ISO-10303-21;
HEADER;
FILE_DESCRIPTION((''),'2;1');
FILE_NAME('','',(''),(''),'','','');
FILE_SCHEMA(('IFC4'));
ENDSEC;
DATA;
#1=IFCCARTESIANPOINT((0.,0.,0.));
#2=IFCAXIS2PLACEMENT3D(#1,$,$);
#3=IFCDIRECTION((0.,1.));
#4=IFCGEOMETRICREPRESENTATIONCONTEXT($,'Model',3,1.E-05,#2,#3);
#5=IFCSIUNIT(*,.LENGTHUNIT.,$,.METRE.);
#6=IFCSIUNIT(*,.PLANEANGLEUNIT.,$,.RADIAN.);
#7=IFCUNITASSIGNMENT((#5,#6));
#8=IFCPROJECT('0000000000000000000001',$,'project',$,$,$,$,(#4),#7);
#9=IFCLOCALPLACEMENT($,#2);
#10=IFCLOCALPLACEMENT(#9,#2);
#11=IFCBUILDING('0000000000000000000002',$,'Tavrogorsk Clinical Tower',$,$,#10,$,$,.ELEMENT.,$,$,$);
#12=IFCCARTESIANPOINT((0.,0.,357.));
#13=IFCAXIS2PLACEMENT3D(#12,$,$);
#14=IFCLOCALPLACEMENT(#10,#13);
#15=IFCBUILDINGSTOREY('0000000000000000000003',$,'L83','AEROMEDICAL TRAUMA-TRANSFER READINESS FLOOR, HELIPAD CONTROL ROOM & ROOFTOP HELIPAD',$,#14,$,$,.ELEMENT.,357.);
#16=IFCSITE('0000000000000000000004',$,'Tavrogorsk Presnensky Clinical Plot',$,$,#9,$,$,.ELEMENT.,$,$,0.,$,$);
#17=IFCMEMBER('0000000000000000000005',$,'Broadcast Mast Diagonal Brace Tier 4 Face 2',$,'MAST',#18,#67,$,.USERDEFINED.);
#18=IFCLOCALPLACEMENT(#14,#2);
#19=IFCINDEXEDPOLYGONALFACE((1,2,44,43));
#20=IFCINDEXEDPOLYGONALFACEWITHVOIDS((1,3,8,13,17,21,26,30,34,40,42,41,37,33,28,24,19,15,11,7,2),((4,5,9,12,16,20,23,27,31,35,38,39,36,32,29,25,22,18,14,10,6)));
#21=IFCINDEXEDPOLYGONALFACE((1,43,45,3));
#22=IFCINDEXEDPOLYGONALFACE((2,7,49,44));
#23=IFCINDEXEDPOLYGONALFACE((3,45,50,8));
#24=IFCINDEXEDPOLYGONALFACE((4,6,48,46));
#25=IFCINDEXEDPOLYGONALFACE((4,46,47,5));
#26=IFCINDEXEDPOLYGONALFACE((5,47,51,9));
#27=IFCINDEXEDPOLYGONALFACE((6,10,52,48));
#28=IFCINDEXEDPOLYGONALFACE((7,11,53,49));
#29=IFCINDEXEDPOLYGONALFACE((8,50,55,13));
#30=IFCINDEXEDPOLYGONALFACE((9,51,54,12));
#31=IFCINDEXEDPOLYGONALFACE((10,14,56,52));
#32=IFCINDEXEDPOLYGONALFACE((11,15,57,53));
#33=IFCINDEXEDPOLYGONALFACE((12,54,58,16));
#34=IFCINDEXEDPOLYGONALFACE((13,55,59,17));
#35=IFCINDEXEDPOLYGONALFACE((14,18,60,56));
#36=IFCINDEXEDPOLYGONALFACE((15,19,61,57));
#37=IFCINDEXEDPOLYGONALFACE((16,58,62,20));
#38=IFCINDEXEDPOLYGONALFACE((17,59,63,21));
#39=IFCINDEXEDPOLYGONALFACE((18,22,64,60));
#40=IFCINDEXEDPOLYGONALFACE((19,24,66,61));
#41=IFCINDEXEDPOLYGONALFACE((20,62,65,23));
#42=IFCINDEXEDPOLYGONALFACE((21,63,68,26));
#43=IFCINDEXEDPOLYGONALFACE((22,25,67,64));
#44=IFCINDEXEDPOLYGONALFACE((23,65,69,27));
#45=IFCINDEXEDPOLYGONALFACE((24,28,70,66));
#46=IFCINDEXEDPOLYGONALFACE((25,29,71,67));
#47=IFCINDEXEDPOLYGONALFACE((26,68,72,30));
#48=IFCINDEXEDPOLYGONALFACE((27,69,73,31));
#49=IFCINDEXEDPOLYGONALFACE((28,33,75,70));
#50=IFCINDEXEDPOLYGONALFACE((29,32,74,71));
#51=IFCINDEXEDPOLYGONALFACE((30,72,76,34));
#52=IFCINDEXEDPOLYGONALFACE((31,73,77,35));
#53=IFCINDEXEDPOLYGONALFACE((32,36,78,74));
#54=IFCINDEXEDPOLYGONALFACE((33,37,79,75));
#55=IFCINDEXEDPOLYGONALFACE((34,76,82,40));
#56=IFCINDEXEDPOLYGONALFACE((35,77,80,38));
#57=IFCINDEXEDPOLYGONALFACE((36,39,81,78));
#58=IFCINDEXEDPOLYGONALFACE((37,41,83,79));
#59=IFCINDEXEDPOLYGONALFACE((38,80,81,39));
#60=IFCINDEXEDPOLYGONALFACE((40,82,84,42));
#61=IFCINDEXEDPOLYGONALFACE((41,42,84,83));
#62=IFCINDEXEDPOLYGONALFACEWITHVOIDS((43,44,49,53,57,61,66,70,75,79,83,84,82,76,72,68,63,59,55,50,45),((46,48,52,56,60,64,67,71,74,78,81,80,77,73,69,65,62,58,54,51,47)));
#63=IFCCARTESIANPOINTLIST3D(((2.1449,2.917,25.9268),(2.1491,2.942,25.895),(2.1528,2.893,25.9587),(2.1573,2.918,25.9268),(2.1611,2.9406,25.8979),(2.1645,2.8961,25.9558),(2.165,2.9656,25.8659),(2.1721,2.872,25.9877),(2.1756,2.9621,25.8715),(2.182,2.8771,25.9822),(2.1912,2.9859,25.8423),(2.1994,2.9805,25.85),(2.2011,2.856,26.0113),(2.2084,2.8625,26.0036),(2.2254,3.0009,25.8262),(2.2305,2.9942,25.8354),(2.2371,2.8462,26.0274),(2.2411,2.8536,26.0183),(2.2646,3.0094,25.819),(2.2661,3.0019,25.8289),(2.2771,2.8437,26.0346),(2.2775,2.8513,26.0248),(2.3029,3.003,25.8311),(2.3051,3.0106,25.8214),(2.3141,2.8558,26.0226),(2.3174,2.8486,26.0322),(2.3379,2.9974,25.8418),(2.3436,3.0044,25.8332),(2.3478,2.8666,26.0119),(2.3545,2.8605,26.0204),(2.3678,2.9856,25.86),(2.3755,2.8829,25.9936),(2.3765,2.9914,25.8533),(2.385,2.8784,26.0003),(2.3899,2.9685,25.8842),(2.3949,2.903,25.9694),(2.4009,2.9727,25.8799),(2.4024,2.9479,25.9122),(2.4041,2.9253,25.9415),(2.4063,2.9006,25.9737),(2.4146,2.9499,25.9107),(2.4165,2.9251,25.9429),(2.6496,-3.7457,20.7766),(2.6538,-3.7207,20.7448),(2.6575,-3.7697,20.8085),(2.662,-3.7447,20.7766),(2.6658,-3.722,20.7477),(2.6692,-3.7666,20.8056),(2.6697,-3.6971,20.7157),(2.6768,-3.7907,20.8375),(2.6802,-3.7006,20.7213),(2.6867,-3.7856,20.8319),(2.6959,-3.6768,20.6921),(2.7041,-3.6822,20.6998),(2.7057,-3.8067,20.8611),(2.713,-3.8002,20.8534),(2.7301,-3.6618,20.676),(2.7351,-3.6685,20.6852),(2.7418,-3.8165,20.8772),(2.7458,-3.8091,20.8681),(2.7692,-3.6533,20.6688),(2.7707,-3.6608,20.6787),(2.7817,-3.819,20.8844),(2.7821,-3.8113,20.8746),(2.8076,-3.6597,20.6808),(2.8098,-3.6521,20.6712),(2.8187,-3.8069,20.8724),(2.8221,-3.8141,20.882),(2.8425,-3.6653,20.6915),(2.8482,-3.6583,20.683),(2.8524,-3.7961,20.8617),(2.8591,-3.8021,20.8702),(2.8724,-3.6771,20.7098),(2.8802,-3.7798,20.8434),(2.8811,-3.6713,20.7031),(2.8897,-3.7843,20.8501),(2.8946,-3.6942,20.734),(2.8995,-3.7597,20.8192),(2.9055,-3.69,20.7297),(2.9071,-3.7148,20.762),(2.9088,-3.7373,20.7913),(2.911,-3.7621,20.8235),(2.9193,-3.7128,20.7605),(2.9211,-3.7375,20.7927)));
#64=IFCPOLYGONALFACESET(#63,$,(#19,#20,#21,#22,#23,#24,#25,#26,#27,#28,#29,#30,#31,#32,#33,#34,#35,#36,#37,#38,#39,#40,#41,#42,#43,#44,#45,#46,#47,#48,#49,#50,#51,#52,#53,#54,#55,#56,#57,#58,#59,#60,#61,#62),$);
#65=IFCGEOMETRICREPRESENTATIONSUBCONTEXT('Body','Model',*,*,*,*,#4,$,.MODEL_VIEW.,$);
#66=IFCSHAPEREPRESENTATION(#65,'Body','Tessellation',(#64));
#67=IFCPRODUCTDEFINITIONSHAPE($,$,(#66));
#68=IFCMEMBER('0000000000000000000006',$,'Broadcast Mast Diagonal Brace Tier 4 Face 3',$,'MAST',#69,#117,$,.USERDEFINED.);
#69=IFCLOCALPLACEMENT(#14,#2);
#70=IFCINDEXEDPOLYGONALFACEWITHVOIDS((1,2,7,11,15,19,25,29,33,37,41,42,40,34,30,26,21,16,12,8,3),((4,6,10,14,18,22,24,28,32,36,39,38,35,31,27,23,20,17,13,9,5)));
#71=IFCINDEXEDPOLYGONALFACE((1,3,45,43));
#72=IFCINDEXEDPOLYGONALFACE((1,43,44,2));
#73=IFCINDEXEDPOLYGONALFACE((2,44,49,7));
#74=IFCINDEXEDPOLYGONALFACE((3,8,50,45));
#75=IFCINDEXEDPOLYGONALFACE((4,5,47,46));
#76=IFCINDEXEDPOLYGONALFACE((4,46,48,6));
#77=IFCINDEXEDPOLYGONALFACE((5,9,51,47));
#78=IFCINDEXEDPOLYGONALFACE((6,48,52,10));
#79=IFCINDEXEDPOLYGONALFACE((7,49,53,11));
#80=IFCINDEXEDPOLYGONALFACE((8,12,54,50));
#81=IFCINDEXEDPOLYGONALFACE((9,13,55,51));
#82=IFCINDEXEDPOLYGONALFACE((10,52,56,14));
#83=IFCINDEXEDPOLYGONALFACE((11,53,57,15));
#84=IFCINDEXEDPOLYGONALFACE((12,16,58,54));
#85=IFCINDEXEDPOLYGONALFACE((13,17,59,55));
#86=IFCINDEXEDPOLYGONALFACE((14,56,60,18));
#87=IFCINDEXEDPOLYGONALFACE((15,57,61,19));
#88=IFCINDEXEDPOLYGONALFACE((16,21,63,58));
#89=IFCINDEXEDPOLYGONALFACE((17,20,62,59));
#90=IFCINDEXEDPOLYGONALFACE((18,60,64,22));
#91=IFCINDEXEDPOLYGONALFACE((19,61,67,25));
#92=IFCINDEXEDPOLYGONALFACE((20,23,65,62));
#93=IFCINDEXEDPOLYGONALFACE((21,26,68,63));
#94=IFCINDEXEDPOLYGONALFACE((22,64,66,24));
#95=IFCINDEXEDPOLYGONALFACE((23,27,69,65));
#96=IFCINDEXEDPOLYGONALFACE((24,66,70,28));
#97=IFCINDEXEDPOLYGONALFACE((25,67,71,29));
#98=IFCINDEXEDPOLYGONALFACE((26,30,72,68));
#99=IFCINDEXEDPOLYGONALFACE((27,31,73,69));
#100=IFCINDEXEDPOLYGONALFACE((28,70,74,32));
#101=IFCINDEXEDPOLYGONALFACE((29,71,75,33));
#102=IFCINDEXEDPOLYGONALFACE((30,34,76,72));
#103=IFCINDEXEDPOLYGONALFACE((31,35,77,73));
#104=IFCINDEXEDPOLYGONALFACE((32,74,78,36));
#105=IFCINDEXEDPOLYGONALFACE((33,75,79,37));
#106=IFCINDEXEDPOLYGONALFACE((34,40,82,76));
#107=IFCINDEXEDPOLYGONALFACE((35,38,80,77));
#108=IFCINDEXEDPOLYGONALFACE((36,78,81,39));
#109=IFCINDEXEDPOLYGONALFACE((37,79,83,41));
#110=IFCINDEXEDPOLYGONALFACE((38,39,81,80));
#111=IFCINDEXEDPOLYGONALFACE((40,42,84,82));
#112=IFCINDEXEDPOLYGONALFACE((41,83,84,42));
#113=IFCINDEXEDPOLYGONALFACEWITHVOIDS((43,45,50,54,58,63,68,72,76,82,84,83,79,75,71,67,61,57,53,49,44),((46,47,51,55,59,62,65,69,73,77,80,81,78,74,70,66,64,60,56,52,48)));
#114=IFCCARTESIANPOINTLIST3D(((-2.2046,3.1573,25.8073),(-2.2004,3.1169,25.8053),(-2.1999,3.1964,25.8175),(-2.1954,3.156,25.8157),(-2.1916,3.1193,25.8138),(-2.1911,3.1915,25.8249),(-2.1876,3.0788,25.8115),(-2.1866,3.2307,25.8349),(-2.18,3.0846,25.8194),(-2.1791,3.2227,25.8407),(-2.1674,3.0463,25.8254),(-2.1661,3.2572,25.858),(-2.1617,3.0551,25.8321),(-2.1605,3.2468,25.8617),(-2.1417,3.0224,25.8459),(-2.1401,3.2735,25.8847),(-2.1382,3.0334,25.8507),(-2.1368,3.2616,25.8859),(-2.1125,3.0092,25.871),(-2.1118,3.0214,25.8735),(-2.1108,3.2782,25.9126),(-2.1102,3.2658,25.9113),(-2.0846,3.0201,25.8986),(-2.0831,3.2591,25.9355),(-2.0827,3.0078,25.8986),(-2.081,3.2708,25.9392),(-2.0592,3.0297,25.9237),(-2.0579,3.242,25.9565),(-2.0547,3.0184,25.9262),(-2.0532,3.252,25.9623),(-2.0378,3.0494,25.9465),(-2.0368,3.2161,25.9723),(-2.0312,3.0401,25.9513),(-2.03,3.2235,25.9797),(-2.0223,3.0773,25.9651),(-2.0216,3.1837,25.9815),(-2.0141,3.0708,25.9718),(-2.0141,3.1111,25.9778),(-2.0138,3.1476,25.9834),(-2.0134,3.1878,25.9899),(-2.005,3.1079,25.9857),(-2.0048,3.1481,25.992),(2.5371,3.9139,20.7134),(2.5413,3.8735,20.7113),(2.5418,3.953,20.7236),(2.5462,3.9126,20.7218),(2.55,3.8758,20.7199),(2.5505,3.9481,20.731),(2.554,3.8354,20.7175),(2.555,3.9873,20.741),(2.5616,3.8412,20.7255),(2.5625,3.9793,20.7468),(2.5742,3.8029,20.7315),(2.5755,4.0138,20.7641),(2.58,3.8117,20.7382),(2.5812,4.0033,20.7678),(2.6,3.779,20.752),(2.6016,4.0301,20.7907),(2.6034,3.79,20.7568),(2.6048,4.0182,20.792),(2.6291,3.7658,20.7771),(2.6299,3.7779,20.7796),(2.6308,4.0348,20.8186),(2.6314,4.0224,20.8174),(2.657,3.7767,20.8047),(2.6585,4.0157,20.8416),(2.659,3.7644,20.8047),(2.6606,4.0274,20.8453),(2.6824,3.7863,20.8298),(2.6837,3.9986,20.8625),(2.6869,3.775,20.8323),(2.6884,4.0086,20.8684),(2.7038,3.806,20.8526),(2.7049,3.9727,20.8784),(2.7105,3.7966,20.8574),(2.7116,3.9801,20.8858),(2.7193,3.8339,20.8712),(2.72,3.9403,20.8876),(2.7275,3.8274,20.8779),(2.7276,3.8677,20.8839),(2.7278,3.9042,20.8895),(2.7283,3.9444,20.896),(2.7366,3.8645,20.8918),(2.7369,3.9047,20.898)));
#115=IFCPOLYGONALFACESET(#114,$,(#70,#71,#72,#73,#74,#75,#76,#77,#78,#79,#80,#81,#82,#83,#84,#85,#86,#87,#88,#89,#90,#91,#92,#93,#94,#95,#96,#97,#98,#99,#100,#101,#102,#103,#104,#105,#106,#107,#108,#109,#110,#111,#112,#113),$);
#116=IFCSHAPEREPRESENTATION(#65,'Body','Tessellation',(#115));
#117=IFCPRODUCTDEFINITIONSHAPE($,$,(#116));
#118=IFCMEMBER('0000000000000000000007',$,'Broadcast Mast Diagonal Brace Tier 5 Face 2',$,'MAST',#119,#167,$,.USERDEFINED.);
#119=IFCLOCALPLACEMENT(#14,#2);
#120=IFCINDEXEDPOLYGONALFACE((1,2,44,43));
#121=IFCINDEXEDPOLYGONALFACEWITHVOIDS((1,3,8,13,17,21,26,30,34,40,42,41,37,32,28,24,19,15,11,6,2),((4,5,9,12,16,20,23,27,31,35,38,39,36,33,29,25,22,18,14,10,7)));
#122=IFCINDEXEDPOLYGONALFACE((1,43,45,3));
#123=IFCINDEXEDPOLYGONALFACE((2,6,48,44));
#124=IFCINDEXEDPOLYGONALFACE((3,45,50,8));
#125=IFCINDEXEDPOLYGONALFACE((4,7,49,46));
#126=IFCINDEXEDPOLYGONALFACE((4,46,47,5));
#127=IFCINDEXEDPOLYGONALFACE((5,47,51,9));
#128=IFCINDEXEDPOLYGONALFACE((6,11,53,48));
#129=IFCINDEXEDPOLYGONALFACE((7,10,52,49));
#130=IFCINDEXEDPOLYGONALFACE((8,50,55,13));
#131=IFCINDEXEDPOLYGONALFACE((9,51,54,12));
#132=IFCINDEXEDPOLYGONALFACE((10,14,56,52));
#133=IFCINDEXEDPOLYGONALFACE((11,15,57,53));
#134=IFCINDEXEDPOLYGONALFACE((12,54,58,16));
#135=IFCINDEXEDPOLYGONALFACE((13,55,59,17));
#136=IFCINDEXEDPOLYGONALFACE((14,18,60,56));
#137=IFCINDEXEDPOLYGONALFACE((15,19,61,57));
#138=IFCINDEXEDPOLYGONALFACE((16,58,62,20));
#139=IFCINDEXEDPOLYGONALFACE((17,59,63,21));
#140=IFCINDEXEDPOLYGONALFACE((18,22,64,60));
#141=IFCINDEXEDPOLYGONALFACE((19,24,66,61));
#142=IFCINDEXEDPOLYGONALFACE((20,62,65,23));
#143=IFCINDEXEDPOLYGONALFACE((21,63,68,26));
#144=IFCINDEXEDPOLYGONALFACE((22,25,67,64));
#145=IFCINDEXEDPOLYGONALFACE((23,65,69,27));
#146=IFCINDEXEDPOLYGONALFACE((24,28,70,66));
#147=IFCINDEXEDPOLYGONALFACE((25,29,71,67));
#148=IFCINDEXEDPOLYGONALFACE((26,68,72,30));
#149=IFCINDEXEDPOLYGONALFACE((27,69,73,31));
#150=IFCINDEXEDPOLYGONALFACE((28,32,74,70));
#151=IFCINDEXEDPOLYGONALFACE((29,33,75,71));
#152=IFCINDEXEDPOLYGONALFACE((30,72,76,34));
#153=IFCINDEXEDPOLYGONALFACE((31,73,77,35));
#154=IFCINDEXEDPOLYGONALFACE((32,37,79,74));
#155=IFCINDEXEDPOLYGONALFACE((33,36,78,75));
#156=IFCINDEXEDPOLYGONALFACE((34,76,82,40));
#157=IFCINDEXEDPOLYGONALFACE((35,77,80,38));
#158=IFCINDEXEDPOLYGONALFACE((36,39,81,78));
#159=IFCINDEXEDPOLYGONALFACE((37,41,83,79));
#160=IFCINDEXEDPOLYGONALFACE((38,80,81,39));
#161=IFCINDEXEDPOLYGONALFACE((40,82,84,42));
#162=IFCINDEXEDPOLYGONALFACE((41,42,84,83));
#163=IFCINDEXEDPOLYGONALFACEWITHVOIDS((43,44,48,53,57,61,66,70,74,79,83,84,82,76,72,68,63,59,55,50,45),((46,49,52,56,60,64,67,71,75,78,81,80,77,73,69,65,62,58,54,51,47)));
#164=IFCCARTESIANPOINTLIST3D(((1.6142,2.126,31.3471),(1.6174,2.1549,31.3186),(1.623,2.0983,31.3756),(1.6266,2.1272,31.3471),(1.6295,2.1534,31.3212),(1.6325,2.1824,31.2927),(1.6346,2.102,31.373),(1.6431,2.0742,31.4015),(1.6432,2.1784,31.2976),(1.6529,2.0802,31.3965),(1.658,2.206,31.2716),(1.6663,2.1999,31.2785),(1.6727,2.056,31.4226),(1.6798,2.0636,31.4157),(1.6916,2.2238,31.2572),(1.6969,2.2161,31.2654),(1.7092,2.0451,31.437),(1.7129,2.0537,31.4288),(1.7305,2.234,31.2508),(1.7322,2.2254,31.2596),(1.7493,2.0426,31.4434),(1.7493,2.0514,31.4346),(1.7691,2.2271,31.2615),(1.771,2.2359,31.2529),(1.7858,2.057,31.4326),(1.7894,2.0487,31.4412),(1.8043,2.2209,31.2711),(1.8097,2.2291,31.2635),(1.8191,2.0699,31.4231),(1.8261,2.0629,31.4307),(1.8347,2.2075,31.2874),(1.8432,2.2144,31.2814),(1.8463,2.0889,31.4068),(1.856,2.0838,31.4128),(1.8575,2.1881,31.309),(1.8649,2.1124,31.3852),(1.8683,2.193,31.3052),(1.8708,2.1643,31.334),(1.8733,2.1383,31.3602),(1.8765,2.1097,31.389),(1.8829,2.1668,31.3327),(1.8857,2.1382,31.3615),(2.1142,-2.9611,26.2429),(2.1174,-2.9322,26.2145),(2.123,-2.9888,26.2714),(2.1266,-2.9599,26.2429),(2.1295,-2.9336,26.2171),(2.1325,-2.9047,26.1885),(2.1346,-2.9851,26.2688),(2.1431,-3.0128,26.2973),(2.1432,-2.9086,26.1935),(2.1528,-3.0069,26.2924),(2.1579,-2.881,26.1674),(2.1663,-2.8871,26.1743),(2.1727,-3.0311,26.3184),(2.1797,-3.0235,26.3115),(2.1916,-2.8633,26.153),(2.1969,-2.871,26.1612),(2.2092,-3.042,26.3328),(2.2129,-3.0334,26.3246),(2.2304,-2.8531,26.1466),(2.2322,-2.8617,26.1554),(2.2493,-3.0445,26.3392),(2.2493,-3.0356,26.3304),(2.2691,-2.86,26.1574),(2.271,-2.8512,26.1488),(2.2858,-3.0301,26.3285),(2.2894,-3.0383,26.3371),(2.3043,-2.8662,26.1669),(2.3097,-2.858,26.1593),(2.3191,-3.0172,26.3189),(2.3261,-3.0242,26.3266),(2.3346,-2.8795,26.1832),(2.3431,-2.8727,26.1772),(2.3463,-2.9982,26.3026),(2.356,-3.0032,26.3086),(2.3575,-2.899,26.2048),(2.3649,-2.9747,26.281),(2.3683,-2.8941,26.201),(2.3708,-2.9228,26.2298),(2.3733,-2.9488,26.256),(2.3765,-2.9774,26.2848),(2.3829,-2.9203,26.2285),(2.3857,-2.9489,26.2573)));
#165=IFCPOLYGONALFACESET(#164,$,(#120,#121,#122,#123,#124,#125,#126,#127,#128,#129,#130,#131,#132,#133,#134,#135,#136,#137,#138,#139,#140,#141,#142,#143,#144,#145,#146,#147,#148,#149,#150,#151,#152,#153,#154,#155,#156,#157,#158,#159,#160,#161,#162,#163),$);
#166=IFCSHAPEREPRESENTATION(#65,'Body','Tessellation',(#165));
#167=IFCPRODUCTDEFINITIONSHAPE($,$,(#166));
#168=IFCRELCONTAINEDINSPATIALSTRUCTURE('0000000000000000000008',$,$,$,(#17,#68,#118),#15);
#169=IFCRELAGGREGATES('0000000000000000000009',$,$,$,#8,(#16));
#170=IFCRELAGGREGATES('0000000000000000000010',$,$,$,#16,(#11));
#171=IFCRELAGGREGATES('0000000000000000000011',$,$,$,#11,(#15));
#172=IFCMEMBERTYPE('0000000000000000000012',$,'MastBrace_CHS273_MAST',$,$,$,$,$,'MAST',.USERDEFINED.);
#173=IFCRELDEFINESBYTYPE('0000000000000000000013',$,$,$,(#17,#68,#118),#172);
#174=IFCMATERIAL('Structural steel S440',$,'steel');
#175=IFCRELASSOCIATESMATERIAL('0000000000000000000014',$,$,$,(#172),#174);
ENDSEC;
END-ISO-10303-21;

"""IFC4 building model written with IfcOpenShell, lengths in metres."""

from ifc_helpers import new_model, si_unit, direction, frame, origin, origin_2d, place, context, subcontext, project, spatial, hollow_circle, extrude, material, material_profile, profile_set, type_object, element, save


model = new_model("IFC4")

# Units and contexts
model_context = context("Model", 3, precision=1e-05, world=origin(), true_north=direction((0.0, 1.0)))
body_context = subcontext(model_context, "Body", "Model", "MODEL_VIEW")
ifc_project = project(units=[si_unit("LENGTHUNIT", "METRE"), si_unit("PLANEANGLEUNIT", "RADIAN")], contexts=[model_context])

# Site, building, storey
site_placement = place(None, origin())
site = spatial("IfcSite", under=ifc_project, at=site_placement, Name="Tavrogorsk Presnensky Clinical Plot", CompositionType="ELEMENT", RefElevation=0.0)
building_placement = place(site_placement, origin())
building = spatial("IfcBuilding", under=site, at=building_placement, Name="Tavrogorsk Clinical Tower", CompositionType="ELEMENT")
storey_placement = place(building_placement, frame((0.0, 0.0, 357.0)))
storey = spatial("IfcBuildingStorey", under=building, at=storey_placement, Name="L83", Description="AEROMEDICAL TRAUMA-TRANSFER READINESS FLOOR, HELIPAD CONTROL ROOM & ROOFTOP HELIPAD", CompositionType="ELEMENT", Elevation=357.0)

# Members
ifc_material_1 = material(Name="Structural steel S440", Category="steel")
ifc_material_profile_1 = material_profile(ifc_material_1, hollow_circle(Radius=0.1365, WallThickness=0.0125, at=origin_2d()), Name="CHS-273x12.5")
ifc_profile_set_1 = profile_set([ifc_material_profile_1], Name="Structural steel S440")
member_type_1 = type_object("IfcMemberType", Name="MastBrace_CHS273_MAST", ElementType="MAST", PredefinedType="USERDEFINED", material=ifc_profile_set_1)
member_1_placement = place(storey_placement, frame((2.7856, -3.7354, 20.7766), z_axis=(-0.059818, 0.789766, 0.610484), x_axis=(-0.997144, -0.075526, 0.0)))
element("IfcMember", 1, at=member_1_placement, inside=storey, type_object=member_type_1, Name="Broadcast Mast Diagonal Brace Tier 4 Face 2", ObjectType="MAST", PredefinedType="USERDEFINED", context=body_context, shape_type="SweptSolid", body=[
    extrude(hollow_circle(Radius=0.1365, WallThickness=0.0125, at=origin_2d()), origin(), (0.0, 0.0, 1.0), 8.4363),
])
member_2_placement = place(storey_placement, frame((2.6375, 3.8992, 20.8047), z_axis=(-0.677352, -0.108079, 0.727677), x_axis=(0.157568, -0.987508, 0.0)))
element("IfcMember", 2, at=member_2_placement, inside=storey, type_object=member_type_1, Name="Broadcast Mast Diagonal Brace Tier 4 Face 3", ObjectType="MAST", PredefinedType="USERDEFINED", context=body_context, shape_type="SweptSolid", body=[
    extrude(hollow_circle(Radius=0.1365, WallThickness=0.0125, at=origin_2d()), origin(), (0.0, 0.0, 1.0), 7.0002),
])
member_3_placement = place(storey_placement, frame((2.25, -2.9478, 26.2429), z_axis=(-0.069216, 0.704227, 0.706593), x_axis=(-0.995205, -0.097815, 0.0)))
element("IfcMember", 3, at=member_3_placement, inside=storey, type_object=member_type_1, Name="Broadcast Mast Diagonal Brace Tier 5 Face 2", ObjectType="MAST", PredefinedType="USERDEFINED", context=body_context, shape_type="SweptSolid", body=[
    extrude(hollow_circle(Radius=0.1365, WallThickness=0.0125, at=origin_2d()), origin(), (0.0, 0.0, 1.0), 7.2236),
])

save(model, "model.ifc")
